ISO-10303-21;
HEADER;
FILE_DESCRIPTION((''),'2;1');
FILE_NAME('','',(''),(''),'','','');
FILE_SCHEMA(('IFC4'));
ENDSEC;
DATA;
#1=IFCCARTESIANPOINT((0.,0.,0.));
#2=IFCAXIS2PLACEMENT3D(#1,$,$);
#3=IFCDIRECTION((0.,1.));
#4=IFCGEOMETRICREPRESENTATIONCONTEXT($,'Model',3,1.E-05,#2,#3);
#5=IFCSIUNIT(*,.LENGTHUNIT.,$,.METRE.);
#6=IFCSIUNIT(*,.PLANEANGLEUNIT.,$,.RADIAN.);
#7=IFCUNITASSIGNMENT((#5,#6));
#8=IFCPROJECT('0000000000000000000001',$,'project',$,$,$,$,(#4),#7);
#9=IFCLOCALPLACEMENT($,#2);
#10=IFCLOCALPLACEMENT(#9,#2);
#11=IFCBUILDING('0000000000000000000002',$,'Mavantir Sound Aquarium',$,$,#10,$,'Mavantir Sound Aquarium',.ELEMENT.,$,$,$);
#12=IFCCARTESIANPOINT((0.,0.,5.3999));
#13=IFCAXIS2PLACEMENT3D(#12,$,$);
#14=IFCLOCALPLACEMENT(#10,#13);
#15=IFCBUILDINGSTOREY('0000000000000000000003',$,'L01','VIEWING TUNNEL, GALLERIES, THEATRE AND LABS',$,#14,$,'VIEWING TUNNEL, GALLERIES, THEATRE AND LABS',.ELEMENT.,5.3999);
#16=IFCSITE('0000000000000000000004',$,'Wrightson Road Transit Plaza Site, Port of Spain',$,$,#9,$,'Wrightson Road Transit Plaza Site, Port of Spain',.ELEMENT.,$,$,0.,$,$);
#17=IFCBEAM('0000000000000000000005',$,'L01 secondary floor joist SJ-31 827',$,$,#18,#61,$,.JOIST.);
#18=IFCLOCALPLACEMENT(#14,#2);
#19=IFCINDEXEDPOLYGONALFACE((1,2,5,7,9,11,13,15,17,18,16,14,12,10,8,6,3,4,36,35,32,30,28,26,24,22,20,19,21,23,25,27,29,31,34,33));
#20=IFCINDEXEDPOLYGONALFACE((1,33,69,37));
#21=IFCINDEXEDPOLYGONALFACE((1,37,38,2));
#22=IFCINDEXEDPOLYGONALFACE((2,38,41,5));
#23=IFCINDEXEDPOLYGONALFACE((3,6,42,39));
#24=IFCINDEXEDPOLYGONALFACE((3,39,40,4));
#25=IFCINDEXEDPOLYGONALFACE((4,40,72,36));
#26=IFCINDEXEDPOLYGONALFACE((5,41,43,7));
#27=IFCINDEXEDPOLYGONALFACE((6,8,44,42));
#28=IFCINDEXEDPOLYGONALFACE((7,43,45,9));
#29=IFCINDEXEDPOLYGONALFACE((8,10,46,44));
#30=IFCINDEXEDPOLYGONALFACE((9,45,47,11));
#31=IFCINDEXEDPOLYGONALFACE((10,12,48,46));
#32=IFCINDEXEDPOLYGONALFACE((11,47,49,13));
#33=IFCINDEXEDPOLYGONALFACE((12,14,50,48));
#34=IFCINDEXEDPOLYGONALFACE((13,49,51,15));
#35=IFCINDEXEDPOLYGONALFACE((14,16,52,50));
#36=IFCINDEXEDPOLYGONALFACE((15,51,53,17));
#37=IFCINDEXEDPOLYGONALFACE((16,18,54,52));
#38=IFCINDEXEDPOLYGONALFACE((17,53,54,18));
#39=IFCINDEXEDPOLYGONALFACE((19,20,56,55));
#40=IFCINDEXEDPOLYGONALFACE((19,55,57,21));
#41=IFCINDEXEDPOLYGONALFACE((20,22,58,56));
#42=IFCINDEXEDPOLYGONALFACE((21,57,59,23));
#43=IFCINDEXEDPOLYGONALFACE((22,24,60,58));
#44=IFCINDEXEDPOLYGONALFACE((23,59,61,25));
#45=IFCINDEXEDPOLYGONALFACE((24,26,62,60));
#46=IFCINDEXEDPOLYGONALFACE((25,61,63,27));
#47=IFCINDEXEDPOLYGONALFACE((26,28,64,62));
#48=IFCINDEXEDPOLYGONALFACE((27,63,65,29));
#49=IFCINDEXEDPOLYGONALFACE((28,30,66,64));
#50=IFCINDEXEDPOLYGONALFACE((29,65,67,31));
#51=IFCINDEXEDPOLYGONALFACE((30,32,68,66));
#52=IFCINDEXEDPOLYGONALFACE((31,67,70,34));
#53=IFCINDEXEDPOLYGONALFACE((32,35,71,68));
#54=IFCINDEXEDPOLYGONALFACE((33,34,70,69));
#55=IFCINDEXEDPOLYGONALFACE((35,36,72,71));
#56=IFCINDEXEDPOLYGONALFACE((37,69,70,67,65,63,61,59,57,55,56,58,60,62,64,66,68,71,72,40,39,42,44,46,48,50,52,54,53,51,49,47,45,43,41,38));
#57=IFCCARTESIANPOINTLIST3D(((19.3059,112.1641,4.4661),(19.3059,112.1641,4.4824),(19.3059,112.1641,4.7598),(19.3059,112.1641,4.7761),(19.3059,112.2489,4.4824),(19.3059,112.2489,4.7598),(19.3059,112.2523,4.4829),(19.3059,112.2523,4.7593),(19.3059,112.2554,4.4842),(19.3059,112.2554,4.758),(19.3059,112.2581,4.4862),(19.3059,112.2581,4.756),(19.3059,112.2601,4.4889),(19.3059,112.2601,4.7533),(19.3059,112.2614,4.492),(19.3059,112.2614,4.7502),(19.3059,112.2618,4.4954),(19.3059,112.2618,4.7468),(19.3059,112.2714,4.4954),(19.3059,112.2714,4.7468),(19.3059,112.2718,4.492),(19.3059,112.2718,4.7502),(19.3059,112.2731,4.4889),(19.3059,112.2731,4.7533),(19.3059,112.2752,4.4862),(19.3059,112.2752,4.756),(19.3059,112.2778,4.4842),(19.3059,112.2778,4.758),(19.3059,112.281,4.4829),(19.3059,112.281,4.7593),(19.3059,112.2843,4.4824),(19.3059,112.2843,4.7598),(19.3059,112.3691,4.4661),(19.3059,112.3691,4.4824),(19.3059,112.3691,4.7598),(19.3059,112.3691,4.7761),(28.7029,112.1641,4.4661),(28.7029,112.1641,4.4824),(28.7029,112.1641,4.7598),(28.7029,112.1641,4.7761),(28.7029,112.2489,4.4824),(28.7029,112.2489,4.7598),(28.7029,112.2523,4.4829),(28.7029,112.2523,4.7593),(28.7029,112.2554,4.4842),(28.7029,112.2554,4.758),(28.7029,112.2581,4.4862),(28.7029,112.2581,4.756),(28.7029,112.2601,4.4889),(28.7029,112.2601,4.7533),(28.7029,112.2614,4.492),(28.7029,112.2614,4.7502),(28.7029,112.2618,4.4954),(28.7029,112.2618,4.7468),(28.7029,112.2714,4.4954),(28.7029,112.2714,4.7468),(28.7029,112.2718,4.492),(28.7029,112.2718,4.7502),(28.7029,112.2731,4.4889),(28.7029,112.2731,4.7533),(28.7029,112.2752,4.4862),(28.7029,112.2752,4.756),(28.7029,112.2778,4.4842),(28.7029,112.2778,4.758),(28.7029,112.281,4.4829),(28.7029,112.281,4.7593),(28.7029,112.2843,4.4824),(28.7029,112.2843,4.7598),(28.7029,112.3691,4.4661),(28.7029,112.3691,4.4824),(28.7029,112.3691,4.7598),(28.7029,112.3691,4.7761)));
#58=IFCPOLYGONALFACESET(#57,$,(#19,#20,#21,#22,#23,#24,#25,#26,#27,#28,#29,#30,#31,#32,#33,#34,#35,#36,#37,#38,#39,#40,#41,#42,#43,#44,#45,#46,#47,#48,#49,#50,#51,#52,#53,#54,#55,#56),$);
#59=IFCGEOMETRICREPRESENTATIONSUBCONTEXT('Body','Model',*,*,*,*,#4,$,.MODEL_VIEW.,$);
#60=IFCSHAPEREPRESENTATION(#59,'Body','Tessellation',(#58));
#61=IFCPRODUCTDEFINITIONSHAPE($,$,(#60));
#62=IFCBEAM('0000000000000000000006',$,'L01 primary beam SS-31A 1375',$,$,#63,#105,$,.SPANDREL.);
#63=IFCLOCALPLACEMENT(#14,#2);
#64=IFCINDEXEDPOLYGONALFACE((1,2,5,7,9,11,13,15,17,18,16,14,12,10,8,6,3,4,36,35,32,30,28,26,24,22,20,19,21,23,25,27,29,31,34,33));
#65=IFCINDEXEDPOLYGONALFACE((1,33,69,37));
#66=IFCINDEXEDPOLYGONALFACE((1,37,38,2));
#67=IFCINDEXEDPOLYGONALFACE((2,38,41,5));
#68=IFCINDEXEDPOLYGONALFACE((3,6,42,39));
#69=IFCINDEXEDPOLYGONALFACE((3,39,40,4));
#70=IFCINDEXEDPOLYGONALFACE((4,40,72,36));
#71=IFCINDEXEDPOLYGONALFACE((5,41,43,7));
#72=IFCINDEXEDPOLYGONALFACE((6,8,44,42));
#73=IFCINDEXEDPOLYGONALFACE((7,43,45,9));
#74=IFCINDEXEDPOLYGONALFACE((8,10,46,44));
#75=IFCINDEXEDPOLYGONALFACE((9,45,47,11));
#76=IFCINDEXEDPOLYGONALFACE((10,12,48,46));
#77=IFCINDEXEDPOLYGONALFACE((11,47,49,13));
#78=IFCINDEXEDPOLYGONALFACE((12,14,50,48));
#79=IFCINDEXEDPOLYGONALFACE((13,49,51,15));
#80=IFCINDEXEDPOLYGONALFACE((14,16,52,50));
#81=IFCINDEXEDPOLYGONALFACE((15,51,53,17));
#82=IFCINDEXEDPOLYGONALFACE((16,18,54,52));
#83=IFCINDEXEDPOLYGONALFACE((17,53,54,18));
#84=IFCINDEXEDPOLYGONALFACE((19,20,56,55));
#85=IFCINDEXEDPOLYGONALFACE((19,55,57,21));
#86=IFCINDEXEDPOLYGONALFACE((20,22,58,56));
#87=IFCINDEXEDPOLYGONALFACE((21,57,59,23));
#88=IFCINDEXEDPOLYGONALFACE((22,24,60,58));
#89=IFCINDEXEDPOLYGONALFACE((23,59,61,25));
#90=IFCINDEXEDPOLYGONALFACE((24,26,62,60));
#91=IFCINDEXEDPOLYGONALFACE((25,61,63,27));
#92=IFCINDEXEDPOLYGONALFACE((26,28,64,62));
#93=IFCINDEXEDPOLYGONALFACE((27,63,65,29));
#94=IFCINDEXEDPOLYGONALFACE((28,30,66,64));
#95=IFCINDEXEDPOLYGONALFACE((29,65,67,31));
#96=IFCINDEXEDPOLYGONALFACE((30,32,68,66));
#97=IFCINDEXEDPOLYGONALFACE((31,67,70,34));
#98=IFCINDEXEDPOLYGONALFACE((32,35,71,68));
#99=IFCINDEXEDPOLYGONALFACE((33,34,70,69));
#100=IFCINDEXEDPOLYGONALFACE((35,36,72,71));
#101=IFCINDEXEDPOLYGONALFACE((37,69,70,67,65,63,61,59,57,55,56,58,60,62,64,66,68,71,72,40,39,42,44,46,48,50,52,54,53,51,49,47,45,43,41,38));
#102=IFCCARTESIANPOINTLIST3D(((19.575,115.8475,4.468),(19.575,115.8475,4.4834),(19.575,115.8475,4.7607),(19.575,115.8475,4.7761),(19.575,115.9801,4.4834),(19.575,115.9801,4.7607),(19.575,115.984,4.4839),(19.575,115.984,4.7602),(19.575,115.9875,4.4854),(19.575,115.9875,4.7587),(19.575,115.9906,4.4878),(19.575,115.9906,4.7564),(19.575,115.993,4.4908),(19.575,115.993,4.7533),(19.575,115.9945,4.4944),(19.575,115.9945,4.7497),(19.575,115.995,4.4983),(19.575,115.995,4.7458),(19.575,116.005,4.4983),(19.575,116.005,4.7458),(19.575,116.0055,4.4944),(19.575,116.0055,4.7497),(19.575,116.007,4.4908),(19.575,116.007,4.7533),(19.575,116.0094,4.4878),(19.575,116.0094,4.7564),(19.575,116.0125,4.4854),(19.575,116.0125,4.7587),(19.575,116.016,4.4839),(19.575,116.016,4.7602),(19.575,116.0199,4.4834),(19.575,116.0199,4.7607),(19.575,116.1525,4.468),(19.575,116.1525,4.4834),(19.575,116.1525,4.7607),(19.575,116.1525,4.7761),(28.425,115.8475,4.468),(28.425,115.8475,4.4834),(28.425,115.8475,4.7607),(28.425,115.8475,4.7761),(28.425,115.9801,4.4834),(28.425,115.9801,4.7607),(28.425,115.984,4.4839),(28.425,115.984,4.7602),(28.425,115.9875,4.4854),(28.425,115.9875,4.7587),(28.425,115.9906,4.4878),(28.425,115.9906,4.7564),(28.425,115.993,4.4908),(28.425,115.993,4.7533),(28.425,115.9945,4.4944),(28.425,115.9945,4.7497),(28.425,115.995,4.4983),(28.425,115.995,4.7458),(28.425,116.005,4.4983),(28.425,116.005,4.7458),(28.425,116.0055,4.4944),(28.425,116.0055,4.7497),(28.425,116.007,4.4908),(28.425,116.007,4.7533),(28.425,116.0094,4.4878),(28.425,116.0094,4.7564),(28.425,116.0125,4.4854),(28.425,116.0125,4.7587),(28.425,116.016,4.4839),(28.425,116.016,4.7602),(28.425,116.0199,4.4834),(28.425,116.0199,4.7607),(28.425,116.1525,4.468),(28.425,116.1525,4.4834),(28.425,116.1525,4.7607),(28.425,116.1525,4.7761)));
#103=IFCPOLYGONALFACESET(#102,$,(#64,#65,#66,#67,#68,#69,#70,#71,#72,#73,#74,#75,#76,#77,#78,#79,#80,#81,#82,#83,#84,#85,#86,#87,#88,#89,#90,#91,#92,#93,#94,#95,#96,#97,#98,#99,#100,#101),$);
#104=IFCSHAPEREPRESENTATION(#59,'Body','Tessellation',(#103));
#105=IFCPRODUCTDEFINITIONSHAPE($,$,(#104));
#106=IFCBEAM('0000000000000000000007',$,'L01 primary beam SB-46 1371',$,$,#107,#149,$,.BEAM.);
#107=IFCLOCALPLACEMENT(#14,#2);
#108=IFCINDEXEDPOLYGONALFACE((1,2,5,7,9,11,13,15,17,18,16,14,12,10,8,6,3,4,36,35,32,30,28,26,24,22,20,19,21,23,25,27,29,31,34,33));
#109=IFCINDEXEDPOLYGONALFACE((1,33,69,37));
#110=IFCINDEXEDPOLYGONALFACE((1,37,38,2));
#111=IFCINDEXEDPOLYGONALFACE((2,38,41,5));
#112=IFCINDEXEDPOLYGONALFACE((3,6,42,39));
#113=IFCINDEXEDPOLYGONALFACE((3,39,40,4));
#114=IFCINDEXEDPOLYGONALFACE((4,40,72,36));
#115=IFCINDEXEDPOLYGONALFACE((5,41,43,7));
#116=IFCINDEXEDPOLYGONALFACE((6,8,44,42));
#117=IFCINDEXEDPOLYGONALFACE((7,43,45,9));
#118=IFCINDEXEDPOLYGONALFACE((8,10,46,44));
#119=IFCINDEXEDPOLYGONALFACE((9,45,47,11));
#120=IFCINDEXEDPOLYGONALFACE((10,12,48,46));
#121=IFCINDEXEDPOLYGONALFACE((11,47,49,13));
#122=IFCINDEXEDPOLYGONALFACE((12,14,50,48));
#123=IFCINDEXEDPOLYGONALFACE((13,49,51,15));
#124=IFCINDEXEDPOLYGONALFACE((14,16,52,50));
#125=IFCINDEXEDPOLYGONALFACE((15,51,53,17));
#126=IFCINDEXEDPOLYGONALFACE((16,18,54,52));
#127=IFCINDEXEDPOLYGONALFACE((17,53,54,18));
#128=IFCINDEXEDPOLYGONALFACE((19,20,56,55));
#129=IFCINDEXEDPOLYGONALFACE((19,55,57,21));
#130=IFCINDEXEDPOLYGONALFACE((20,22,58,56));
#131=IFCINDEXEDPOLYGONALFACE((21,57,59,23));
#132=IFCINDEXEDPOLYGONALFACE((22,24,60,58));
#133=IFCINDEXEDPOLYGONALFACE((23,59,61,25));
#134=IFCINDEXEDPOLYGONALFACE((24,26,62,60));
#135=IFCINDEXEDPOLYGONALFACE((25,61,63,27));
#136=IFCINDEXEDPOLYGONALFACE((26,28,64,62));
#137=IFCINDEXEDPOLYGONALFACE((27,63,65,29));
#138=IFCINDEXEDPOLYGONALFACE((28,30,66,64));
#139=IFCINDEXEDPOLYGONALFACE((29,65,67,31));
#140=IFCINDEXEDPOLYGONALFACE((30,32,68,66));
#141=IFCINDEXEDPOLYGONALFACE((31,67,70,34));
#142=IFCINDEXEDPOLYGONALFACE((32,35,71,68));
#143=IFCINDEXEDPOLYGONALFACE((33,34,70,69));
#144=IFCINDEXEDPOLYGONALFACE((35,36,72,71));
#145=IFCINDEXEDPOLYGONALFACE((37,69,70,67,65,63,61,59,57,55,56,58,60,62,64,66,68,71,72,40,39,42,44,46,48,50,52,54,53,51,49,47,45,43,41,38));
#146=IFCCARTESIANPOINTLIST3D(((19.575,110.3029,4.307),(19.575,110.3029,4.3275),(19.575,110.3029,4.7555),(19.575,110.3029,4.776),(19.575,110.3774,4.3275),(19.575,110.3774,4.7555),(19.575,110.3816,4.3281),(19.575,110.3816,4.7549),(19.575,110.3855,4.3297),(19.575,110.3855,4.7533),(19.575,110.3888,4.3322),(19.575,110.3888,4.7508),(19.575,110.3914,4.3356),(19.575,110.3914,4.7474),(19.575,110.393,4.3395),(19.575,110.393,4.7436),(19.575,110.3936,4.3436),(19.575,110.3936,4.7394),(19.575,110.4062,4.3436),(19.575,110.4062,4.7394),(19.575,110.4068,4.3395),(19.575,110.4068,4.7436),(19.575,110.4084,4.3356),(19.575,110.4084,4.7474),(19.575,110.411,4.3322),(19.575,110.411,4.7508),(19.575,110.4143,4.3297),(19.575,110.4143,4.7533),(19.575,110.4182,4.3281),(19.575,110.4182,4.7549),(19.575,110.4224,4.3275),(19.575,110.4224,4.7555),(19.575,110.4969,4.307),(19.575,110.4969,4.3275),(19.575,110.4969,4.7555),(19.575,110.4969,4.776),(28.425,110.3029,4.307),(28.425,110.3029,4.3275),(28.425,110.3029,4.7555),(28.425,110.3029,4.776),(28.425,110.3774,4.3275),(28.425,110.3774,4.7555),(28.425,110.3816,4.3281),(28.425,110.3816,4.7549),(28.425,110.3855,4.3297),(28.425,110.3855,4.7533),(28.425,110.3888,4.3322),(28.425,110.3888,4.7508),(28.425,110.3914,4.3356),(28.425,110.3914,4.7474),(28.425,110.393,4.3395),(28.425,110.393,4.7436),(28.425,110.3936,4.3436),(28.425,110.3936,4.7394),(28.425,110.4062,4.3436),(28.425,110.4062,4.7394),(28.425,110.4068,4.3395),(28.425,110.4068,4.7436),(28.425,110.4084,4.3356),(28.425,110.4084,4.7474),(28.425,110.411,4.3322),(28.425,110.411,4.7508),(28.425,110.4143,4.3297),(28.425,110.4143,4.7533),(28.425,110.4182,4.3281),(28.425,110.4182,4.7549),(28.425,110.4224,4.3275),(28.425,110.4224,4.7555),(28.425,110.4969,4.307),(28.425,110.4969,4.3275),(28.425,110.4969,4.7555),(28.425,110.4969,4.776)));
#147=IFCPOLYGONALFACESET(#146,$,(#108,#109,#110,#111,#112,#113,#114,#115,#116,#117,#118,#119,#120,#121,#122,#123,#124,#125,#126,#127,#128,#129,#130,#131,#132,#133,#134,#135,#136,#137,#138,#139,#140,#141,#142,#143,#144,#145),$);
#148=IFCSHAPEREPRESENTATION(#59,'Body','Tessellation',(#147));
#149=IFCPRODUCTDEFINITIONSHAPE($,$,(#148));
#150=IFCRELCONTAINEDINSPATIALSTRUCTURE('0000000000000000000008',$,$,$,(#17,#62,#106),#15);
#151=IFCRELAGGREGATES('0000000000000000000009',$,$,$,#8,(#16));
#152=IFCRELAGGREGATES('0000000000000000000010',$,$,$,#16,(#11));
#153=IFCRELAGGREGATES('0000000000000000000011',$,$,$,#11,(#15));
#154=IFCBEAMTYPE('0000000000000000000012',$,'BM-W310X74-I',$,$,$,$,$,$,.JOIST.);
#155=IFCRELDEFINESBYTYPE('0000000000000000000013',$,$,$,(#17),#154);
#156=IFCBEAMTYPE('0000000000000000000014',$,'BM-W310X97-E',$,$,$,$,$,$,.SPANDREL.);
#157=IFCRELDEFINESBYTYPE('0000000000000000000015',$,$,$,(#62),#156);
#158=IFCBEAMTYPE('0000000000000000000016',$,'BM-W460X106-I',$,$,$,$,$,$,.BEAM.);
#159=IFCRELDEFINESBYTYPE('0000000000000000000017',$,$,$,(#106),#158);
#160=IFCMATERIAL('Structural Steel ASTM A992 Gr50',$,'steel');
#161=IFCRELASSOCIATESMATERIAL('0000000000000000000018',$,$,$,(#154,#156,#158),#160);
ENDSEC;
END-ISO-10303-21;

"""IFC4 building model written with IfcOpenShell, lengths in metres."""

from ifc_helpers import new_model, si_unit, direction, frame, origin, origin_2d, place, context, subcontext, project, spatial, i_section, extrude, material, material_profile, profile_set, type_object, element, save


model = new_model("IFC4")

# Units and contexts
model_context = context("Model", 3, precision=1e-05, world=origin(), true_north=direction((0.0, 1.0)))
body_context = subcontext(model_context, "Body", "Model", "MODEL_VIEW")
ifc_project = project(units=[si_unit("LENGTHUNIT", "METRE"), si_unit("PLANEANGLEUNIT", "RADIAN")], contexts=[model_context])

# Site, building, storey
site_placement = place(None, origin())
site = spatial("IfcSite", under=ifc_project, at=site_placement, Name="Wrightson Road Transit Plaza Site, Port of Spain", LongName="Wrightson Road Transit Plaza Site, Port of Spain", CompositionType="ELEMENT", RefElevation=0.0)
building_placement = place(site_placement, origin())
building = spatial("IfcBuilding", under=site, at=building_placement, Name="Mavantir Sound Aquarium", LongName="Mavantir Sound Aquarium", CompositionType="ELEMENT")
storey_placement = place(building_placement, frame((0.0, 0.0, 5.3999)))
storey = spatial("IfcBuildingStorey", under=building, at=storey_placement, Name="L01", Description="VIEWING TUNNEL, GALLERIES, THEATRE AND LABS", LongName="VIEWING TUNNEL, GALLERIES, THEATRE AND LABS", CompositionType="ELEMENT", Elevation=5.3999)

# Beams
ifc_material_1 = material(Name="Structural Steel ASTM A992 Gr50", Category="steel")
ifc_material_profile_1 = material_profile(ifc_material_1, i_section(OverallWidth=0.2051, OverallDepth=0.3101, WebThickness=0.0095, FlangeThickness=0.0164, FilletRadius=0.0129, at=origin_2d()), Name="W310X74")
ifc_profile_set_1 = profile_set([ifc_material_profile_1], Name="Structural Steel ASTM A992 Gr50")
beam_type_1 = type_object("IfcBeamType", Name="BM-W310X74-I", PredefinedType="JOIST", material=ifc_profile_set_1)
beam_1_placement = place(storey_placement, frame((19.3059, 112.2666, 4.6211), z_axis=(1.0, 0.0, 0.0), x_axis=(0.0, 1.0, 0.0)))
element("IfcBeam", 1, at=beam_1_placement, inside=storey, type_object=beam_type_1, Name="L01 secondary floor joist SJ-31 827", PredefinedType="JOIST", context=body_context, shape_type="SweptSolid", body=[
    extrude(i_section(OverallWidth=0.2051, OverallDepth=0.3101, WebThickness=0.0095, FlangeThickness=0.0164, FilletRadius=0.0129, at=origin_2d()), origin(), (0.0, 0.0, 1.0), 9.397),
])
ifc_material_profile_2 = material_profile(ifc_material_1, i_section(OverallWidth=0.3049, OverallDepth=0.3081, WebThickness=0.01, FlangeThickness=0.0154, FilletRadius=0.0149, at=origin_2d()), Name="W310X97")
ifc_profile_set_2 = profile_set([ifc_material_profile_2], Name="Structural Steel ASTM A992 Gr50")
beam_type_2 = type_object("IfcBeamType", Name="BM-W310X97-E", PredefinedType="SPANDREL", material=ifc_profile_set_2)
beam_2_placement = place(storey_placement, frame((19.575, 116.0, 4.6221), z_axis=(1.0, 0.0, 0.0), x_axis=(0.0, 1.0, 0.0)))
element("IfcBeam", 2, at=beam_2_placement, inside=storey, type_object=beam_type_2, Name="L01 primary beam SS-31A 1375", PredefinedType="SPANDREL", context=body_context, shape_type="SweptSolid", body=[
    extrude(i_section(OverallWidth=0.3049, OverallDepth=0.3081, WebThickness=0.01, FlangeThickness=0.0154, FilletRadius=0.0149, at=origin_2d()), origin(), (0.0, 0.0, 1.0), 8.8501),
])
ifc_material_profile_3 = material_profile(ifc_material_1, i_section(OverallWidth=0.1941, OverallDepth=0.469, WebThickness=0.0127, FlangeThickness=0.0205, FilletRadius=0.0161, at=origin_2d()), Name="W460X106")
ifc_profile_set_3 = profile_set([ifc_material_profile_3], Name="Structural Steel ASTM A992 Gr50")
beam_type_3 = type_object("IfcBeamType", Name="BM-W460X106-I", PredefinedType="BEAM", material=ifc_profile_set_3)
beam_3_placement = place(storey_placement, frame((19.575, 110.3999, 4.5415), z_axis=(1.0, 0.0, 0.0), x_axis=(0.0, 1.0, 0.0)))
element("IfcBeam", 3, at=beam_3_placement, inside=storey, type_object=beam_type_3, Name="L01 primary beam SB-46 1371", PredefinedType="BEAM", context=body_context, shape_type="SweptSolid", body=[
    extrude(i_section(OverallWidth=0.1941, OverallDepth=0.469, WebThickness=0.0127, FlangeThickness=0.0205, FilletRadius=0.0161, at=origin_2d()), origin(), (0.0, 0.0, 1.0), 8.8501),
])

save(model, "model.ifc")
